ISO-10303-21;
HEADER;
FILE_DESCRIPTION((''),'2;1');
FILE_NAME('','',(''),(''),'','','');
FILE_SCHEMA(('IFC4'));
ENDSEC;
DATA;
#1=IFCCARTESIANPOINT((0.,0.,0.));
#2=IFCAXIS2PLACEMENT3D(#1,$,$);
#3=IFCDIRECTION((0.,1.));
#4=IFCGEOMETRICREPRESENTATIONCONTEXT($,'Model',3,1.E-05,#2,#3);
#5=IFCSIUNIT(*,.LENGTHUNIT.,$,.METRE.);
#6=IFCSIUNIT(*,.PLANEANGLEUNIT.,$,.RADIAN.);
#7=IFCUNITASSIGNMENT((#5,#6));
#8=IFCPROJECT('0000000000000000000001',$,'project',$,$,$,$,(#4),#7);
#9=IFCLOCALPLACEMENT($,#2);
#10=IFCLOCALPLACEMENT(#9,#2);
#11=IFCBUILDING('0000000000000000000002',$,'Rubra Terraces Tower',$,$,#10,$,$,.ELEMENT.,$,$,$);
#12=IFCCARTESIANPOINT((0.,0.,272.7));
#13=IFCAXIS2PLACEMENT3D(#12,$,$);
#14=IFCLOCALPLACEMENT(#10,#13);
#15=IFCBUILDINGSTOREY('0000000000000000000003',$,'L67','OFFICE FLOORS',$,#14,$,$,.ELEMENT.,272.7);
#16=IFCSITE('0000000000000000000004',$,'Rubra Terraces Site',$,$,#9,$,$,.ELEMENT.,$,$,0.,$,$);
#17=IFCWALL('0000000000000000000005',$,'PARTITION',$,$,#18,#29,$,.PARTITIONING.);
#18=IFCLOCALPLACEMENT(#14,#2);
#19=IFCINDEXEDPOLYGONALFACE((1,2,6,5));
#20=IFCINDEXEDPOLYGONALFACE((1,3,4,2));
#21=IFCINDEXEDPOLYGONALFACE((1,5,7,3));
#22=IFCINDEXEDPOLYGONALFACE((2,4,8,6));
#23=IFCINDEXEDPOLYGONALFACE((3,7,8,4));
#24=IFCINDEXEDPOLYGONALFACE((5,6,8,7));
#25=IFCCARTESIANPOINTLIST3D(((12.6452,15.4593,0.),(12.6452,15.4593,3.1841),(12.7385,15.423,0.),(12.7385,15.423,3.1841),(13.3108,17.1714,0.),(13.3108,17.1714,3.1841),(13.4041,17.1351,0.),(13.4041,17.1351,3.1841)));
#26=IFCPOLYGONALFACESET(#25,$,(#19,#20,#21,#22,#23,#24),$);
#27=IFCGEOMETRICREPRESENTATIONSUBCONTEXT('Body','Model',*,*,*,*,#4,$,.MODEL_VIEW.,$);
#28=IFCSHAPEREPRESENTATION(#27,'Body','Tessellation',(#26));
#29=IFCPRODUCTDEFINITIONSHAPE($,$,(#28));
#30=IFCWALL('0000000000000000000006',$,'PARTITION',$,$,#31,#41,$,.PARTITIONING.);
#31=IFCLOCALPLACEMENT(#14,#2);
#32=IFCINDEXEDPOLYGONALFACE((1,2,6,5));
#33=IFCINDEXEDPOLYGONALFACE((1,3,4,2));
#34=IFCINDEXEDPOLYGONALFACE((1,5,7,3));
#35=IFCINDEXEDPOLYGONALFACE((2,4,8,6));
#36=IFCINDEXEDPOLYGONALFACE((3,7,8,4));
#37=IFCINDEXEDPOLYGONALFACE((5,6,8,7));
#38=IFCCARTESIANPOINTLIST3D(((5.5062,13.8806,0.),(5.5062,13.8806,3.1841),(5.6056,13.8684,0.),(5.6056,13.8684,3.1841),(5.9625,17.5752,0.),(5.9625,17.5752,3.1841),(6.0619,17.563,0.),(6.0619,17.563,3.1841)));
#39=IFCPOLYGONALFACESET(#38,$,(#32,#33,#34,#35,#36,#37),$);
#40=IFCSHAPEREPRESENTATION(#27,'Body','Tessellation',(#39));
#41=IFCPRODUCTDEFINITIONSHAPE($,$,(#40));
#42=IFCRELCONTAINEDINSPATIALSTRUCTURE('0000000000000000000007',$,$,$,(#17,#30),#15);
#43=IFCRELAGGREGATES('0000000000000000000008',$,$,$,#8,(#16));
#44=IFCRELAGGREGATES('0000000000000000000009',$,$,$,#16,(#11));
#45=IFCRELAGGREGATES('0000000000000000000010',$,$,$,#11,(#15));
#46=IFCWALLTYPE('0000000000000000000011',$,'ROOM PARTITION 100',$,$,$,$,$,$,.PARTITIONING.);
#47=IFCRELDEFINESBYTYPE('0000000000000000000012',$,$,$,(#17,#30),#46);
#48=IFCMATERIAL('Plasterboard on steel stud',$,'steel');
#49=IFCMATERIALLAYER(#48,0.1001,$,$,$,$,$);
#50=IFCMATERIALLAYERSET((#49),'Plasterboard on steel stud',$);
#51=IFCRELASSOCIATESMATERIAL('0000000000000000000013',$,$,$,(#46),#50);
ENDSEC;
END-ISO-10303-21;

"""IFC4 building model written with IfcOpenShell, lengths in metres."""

from ifc_helpers import new_model, si_unit, direction, frame, frame_2d, origin, place, context, subcontext, project, spatial, rectangle, extrude, material, layer, layer_set, type_object, element, save


model = new_model("IFC4")

# Units and contexts
model_context = context("Model", 3, precision=1e-05, world=origin(), true_north=direction((0.0, 1.0)))
body_context = subcontext(model_context, "Body", "Model", "MODEL_VIEW")
ifc_project = project(units=[si_unit("LENGTHUNIT", "METRE"), si_unit("PLANEANGLEUNIT", "RADIAN")], contexts=[model_context])

# Site, building, storey
site_placement = place(None, origin())
site = spatial("IfcSite", under=ifc_project, at=site_placement, Name="Rubra Terraces Site", CompositionType="ELEMENT", RefElevation=0.0)
building_placement = place(site_placement, origin())
building = spatial("IfcBuilding", under=site, at=building_placement, Name="Rubra Terraces Tower", CompositionType="ELEMENT")
storey_placement = place(building_placement, frame((0.0, 0.0, 272.7)))
storey = spatial("IfcBuildingStorey", under=building, at=storey_placement, Name="L67", Description="OFFICE FLOORS", CompositionType="ELEMENT", Elevation=272.7)

# Shared definitions
ifc_material_1 = material(Name="Plasterboard on steel stud", Category="steel")
ifc_layer_1 = layer(ifc_material_1, 0.1001)
ifc_layer_set_1 = layer_set([ifc_layer_1], Name="Plasterboard on steel stud")
wall_type_1 = type_object("IfcWallType", Name="ROOM PARTITION 100", PredefinedType="PARTITIONING", material=ifc_layer_set_1)

# Walls
wall_1_placement = place(storey_placement, frame((12.6919, 15.4412, 0.0), z_axis=(0.0, 0.0, 1.0), x_axis=(0.362299, 0.932062, 0.0)))
element("IfcWall", 1, at=wall_1_placement, inside=storey, type_object=wall_type_1, Name="PARTITION", PredefinedType="PARTITIONING", context=body_context, shape_type="SweptSolid", body=[
    extrude(rectangle(XDim=1.8369, YDim=0.1001, at=frame_2d((0.9185, 0.0))), origin(), (0.0, 0.0, 1.0), 3.1841),
])
wall_2_placement = place(storey_placement, frame((5.5559, 13.8745, 0.0), z_axis=(0.0, 0.0, 1.0), x_axis=(0.122574, 0.992459, 0.0)))
element("IfcWall", 2, at=wall_2_placement, inside=storey, type_object=wall_type_1, Name="PARTITION", PredefinedType="PARTITIONING", context=body_context, shape_type="SweptSolid", body=[
    extrude(rectangle(XDim=3.7227, YDim=0.1001, at=frame_2d((1.8613, 0.0))), origin(), (0.0, 0.0, 1.0), 3.1841),
])

save(model, "model.ifc")
